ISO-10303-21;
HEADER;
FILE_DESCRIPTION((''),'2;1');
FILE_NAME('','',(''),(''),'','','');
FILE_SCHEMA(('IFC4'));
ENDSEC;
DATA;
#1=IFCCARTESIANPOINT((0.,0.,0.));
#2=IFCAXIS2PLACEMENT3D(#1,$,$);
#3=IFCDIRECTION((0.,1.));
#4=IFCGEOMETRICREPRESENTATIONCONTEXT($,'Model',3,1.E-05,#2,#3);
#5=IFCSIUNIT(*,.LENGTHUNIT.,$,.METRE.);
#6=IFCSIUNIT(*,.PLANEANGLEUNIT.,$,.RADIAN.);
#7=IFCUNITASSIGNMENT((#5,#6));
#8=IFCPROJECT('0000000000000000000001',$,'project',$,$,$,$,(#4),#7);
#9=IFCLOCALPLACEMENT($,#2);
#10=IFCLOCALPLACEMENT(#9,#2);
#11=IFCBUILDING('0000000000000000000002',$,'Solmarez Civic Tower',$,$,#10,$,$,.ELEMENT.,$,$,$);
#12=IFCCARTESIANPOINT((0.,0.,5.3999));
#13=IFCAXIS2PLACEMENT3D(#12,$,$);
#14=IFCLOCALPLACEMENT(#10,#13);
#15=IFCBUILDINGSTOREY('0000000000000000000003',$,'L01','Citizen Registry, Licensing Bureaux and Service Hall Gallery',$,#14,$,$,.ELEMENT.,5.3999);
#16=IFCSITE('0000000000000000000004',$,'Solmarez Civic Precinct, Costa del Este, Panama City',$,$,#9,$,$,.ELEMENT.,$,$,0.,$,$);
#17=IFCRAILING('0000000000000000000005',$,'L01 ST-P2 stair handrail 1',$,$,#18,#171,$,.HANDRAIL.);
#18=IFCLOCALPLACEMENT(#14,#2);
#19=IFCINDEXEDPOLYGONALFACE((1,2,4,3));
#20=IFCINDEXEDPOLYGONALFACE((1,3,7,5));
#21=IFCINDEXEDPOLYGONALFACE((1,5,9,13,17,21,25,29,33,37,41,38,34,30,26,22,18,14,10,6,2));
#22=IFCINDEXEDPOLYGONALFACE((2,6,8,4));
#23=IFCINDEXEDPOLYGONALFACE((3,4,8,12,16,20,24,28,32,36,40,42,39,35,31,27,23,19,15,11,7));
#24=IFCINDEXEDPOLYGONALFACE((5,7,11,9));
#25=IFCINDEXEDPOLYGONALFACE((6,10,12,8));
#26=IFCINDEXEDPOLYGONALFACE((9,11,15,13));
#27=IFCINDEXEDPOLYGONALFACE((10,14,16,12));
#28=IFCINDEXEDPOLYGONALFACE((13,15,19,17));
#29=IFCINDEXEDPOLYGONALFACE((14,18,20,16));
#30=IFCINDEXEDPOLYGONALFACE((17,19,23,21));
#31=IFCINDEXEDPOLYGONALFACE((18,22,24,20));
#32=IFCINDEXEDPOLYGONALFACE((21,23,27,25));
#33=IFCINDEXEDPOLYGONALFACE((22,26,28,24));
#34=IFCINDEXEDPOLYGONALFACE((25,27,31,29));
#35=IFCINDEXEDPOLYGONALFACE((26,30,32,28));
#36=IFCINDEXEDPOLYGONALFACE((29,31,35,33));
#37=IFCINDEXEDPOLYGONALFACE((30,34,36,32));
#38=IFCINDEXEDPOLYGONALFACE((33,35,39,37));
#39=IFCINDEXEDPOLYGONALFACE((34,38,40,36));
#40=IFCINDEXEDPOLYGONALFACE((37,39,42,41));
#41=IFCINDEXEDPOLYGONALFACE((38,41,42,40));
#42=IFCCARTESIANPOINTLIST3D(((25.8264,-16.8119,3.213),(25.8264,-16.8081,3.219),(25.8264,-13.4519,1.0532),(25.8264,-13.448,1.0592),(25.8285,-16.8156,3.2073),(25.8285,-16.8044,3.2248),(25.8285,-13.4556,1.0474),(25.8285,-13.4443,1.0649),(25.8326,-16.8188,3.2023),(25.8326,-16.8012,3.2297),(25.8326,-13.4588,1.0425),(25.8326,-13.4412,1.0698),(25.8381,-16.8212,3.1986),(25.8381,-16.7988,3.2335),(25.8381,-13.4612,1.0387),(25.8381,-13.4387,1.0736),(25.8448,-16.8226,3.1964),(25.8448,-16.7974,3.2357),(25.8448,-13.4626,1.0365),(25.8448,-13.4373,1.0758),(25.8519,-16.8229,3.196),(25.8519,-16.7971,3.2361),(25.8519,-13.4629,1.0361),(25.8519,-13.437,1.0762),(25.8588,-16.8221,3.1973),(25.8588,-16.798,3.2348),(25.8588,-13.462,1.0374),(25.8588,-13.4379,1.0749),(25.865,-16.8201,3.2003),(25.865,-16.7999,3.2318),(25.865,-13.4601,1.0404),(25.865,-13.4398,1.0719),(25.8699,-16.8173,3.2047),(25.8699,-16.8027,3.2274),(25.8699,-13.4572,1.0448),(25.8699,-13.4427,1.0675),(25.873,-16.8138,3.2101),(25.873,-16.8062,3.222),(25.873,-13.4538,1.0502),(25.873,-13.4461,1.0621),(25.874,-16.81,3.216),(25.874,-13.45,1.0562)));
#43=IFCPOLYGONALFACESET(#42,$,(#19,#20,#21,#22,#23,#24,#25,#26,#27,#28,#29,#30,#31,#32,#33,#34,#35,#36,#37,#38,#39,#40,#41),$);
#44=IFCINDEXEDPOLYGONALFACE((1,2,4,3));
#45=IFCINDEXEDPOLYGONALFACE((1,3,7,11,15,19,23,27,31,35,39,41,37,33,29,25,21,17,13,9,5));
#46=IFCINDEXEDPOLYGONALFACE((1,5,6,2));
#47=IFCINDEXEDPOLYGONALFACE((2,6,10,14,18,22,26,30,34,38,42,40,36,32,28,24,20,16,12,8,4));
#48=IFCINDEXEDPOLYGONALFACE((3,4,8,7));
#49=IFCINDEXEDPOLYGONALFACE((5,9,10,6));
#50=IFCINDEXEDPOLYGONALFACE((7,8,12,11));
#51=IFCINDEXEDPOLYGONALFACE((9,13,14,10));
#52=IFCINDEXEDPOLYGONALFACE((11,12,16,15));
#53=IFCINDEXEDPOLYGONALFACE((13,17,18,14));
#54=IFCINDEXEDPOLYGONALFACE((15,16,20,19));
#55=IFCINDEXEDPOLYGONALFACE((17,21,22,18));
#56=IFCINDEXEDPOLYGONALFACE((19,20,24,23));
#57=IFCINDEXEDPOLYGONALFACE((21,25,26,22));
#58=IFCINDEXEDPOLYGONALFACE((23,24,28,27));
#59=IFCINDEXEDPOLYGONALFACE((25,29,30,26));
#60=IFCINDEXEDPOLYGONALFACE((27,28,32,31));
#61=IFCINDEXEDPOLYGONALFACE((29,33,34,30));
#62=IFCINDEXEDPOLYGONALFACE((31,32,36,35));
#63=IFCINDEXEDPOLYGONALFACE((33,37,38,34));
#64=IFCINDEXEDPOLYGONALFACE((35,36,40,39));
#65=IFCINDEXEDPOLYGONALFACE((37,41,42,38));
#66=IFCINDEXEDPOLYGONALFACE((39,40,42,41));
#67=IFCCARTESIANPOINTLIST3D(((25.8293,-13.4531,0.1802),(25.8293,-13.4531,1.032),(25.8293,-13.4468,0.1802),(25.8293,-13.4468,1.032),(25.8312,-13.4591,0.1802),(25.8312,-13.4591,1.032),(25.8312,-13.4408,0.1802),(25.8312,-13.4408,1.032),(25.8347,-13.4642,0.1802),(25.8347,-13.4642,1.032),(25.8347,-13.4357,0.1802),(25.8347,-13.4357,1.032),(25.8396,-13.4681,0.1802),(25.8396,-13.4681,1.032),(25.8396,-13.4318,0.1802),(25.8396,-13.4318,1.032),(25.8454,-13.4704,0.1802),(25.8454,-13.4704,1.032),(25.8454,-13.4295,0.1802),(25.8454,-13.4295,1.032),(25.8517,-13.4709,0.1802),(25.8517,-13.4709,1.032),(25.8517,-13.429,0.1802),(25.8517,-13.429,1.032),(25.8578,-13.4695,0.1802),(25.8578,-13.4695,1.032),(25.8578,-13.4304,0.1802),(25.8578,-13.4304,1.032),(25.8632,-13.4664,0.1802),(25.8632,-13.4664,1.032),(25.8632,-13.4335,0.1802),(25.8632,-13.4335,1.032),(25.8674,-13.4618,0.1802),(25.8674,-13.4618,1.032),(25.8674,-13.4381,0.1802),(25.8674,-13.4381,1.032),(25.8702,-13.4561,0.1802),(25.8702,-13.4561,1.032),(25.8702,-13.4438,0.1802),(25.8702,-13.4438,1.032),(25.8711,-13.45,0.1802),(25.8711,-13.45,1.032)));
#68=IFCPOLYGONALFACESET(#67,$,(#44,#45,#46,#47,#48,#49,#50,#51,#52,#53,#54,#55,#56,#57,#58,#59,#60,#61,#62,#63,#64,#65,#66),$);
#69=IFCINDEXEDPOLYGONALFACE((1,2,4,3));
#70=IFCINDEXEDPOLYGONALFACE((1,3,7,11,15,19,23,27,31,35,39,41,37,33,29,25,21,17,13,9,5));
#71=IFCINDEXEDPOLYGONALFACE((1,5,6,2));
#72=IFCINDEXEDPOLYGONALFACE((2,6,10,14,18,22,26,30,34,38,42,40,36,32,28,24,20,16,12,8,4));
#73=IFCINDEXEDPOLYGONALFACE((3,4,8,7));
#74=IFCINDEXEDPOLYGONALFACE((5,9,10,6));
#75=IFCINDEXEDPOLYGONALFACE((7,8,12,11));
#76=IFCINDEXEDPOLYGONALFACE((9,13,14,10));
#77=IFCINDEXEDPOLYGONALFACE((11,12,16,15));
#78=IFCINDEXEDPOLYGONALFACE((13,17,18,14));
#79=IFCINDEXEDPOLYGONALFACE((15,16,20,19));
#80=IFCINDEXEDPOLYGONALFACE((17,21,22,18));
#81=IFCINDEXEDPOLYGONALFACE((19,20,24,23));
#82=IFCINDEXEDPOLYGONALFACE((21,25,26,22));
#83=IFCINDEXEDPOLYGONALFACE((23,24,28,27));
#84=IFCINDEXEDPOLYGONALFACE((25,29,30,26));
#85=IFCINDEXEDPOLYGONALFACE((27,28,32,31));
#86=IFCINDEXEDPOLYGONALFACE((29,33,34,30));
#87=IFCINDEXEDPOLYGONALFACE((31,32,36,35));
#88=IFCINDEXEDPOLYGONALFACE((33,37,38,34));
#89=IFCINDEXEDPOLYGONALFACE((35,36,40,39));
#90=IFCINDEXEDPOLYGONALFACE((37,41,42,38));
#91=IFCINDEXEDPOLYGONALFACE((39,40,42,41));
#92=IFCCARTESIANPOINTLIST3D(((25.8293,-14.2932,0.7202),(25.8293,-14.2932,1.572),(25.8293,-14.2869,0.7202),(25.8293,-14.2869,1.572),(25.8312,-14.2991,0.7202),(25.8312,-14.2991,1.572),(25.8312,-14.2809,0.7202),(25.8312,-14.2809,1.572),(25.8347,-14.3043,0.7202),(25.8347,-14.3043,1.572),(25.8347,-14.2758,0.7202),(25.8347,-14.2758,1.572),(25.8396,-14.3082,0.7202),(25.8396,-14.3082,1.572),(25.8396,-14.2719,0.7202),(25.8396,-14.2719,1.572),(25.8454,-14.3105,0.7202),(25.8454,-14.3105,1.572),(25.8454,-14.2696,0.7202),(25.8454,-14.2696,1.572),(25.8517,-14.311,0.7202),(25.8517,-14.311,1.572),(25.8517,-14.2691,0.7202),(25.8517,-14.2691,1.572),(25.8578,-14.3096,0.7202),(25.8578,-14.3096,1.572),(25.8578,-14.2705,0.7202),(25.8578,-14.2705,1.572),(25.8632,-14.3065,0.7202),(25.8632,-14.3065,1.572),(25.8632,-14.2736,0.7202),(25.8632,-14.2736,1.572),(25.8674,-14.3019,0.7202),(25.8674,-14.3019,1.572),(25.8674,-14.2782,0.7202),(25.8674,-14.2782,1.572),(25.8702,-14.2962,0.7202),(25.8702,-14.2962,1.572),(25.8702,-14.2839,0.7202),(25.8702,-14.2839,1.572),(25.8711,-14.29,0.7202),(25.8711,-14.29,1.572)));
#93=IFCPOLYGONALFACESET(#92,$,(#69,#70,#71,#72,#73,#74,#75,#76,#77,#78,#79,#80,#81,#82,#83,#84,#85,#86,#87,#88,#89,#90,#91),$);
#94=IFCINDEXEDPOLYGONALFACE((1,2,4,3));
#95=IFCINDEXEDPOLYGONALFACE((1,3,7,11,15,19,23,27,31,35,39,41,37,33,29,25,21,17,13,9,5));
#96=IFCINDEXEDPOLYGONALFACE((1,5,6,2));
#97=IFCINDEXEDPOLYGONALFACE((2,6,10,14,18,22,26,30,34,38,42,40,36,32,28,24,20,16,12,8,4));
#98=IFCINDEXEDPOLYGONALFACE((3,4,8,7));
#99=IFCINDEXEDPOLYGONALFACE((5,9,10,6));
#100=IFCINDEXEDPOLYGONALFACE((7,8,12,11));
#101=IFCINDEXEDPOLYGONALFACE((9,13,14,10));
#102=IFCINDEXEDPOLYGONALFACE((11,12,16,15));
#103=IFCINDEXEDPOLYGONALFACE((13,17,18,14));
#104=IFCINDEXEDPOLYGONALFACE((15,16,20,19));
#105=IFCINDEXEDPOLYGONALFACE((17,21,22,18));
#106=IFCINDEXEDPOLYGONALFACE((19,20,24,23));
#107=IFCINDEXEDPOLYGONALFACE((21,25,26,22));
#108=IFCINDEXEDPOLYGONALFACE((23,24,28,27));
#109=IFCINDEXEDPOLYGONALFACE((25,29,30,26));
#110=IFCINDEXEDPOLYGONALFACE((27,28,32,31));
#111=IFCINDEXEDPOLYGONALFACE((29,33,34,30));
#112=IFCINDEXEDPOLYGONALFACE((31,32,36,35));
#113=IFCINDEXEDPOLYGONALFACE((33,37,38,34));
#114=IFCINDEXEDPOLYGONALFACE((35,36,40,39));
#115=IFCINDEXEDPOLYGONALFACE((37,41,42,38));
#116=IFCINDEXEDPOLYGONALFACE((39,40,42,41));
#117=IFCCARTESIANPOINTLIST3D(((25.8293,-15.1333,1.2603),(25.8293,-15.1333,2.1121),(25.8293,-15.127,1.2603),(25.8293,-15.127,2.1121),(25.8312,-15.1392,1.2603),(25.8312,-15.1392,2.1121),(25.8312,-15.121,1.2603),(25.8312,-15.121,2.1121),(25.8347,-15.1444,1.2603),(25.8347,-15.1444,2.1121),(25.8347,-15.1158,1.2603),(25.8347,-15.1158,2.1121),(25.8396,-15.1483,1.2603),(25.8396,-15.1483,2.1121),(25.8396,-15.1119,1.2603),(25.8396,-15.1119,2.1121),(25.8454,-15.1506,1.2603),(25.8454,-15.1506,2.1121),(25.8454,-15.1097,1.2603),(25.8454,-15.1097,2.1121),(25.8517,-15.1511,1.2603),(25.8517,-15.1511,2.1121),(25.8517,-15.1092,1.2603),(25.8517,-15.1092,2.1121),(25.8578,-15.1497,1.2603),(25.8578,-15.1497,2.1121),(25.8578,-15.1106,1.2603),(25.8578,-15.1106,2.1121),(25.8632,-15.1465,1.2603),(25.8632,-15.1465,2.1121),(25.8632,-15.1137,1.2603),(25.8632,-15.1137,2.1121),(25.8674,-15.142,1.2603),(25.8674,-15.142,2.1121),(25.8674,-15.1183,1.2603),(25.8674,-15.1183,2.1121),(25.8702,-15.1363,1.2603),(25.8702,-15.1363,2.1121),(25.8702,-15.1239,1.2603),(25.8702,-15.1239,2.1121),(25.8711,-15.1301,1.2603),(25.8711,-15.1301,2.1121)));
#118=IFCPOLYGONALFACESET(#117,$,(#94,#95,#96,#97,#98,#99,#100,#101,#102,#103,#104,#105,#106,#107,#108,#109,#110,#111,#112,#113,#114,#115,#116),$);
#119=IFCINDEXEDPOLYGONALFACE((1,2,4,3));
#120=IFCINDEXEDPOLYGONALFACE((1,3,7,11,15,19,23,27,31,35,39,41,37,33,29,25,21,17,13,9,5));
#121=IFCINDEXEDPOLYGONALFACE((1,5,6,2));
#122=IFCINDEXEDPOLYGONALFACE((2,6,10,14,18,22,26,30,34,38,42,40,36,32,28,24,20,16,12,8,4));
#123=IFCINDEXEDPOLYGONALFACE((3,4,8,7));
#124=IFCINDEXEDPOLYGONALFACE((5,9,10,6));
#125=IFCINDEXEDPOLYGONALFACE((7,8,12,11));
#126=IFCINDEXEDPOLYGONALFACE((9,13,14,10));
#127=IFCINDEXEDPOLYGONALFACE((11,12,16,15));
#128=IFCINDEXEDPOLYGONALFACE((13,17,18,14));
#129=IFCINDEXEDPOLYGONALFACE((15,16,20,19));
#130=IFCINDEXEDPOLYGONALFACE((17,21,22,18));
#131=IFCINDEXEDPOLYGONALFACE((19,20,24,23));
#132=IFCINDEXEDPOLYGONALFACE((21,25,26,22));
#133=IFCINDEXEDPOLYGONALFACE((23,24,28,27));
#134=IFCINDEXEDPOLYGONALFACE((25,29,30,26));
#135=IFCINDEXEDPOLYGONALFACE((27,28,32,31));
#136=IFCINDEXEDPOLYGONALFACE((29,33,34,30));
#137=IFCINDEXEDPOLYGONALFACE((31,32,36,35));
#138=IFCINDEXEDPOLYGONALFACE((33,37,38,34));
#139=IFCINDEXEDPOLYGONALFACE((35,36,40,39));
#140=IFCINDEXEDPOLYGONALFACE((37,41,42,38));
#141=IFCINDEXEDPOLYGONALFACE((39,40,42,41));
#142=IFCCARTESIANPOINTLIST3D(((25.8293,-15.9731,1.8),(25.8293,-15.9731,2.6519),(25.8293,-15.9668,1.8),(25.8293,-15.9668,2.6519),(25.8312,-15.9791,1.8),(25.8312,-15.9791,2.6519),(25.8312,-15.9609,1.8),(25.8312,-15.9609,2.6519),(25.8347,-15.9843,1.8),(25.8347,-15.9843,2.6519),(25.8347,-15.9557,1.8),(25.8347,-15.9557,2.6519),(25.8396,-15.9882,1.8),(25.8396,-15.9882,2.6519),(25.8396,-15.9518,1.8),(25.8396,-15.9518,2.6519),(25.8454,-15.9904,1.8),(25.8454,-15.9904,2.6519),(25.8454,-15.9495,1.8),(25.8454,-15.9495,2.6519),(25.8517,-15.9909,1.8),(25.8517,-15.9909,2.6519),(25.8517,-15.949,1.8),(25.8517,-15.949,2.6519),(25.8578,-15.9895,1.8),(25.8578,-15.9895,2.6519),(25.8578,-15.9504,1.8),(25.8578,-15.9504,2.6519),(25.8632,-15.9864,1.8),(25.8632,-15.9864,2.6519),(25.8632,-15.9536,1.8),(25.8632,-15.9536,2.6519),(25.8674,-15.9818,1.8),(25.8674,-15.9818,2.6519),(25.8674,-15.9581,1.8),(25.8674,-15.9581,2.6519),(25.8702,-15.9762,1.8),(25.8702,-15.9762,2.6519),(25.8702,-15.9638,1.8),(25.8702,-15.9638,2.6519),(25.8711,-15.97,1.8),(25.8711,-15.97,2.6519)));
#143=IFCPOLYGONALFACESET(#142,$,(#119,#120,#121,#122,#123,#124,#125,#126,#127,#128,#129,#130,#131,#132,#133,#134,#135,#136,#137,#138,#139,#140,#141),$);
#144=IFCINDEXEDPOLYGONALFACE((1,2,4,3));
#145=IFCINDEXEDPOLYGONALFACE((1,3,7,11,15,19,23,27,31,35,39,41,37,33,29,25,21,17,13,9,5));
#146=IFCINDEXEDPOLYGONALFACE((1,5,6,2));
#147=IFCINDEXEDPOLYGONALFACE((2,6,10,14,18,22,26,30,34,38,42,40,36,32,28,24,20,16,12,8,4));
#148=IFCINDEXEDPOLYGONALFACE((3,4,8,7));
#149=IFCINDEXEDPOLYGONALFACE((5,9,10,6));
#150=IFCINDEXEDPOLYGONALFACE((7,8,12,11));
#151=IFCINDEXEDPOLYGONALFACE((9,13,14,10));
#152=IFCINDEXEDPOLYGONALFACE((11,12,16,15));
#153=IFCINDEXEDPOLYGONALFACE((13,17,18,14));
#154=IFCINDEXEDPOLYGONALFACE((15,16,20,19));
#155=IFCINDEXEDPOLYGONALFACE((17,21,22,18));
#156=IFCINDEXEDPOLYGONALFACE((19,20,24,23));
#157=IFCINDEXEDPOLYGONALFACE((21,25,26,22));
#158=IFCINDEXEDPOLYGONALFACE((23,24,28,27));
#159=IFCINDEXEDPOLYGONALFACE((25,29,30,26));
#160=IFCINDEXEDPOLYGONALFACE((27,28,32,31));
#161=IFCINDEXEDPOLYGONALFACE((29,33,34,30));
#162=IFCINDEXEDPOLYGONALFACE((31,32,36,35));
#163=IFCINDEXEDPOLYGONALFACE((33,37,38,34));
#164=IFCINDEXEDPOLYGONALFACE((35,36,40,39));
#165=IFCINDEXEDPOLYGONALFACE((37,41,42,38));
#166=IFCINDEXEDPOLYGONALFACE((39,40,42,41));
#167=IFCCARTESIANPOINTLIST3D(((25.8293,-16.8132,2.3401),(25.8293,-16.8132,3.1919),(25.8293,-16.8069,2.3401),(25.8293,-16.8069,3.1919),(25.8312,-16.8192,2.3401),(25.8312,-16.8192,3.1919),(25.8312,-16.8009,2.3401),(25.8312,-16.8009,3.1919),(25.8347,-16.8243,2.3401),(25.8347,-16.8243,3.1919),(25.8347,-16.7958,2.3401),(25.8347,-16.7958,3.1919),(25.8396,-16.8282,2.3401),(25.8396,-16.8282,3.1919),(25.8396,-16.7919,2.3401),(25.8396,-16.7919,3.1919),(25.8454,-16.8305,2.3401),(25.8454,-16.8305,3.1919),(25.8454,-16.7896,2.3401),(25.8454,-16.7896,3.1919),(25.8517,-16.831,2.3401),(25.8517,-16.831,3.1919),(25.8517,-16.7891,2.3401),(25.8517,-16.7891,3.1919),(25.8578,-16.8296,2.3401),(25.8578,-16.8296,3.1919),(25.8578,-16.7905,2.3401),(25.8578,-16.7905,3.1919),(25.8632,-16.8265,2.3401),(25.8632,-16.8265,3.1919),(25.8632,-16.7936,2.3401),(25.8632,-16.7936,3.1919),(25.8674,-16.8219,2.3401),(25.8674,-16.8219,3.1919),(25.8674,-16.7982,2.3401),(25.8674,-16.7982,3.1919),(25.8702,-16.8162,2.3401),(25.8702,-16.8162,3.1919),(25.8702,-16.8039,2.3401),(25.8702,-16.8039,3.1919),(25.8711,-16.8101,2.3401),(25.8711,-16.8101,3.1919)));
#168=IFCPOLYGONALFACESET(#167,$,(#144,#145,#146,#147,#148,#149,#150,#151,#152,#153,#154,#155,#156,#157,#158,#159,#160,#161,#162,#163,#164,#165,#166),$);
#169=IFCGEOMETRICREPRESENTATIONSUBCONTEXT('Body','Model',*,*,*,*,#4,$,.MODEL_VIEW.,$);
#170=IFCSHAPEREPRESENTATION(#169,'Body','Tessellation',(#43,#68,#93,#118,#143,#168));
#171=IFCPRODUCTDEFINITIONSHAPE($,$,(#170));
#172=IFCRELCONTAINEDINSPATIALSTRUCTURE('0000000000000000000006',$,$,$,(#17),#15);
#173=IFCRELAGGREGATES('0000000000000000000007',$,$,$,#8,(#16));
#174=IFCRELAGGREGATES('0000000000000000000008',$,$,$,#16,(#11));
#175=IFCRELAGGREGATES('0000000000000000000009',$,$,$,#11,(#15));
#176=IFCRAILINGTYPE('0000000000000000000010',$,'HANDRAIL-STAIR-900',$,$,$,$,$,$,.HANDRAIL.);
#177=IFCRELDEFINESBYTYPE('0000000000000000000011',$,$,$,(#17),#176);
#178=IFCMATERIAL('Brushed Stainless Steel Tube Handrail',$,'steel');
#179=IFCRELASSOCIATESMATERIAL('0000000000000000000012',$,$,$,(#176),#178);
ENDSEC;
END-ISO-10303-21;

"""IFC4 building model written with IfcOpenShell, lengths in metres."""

from ifc_helpers import new_model, si_unit, direction, frame, origin, origin_2d, place, context, subcontext, project, spatial, circle, extrude, material, type_object, element, save


model = new_model("IFC4")

# Units and contexts
model_context = context("Model", 3, precision=1e-05, world=origin(), true_north=direction((0.0, 1.0)))
body_context = subcontext(model_context, "Body", "Model", "MODEL_VIEW")
ifc_project = project(units=[si_unit("LENGTHUNIT", "METRE"), si_unit("PLANEANGLEUNIT", "RADIAN")], contexts=[model_context])

# Site, building, storey
site_placement = place(None, origin())
site = spatial("IfcSite", under=ifc_project, at=site_placement, Name="Solmarez Civic Precinct, Costa del Este, Panama City", CompositionType="ELEMENT", RefElevation=0.0)
building_placement = place(site_placement, origin())
building = spatial("IfcBuilding", under=site, at=building_placement, Name="Solmarez Civic Tower", CompositionType="ELEMENT")
storey_placement = place(building_placement, frame((0.0, 0.0, 5.3999)))
storey = spatial("IfcBuildingStorey", under=building, at=storey_placement, Name="L01", Description="Citizen Registry, Licensing Bureaux and Service Hall Gallery", CompositionType="ELEMENT", Elevation=5.3999)

# Railing
ifc_material_1 = material(Name="Brushed Stainless Steel Tube Handrail", Category="steel")
railing_type_1 = type_object("IfcRailingType", Name="HANDRAIL-STAIR-900", PredefinedType="HANDRAIL", material=ifc_material_1)
railing_1_placement = place(storey_placement, frame((25.8501, -13.45, 0.1802)))
element("IfcRailing", 1, at=railing_1_placement, inside=storey, type_object=railing_type_1, Name="L01 ST-P2 stair handrail 1", PredefinedType="HANDRAIL", context=body_context, shape_type="SweptSolid", body=[
    extrude(circle(Radius=0.0239, at=origin_2d()), frame((0.0, 0.0, 0.876), z_axis=(0.0, -0.841196, 0.54073), x_axis=(1.0, 0.0, 0.0)), (0.0, 0.0, 1.0), 3.9944),
    extrude(circle(Radius=0.021, at=origin_2d()), origin(), (0.0, 0.0, 1.0), 0.8518),
    extrude(circle(Radius=0.021, at=origin_2d()), frame((0.0, -0.8401, 0.54)), (0.0, 0.0, 1.0), 0.8518),
    extrude(circle(Radius=0.021, at=origin_2d()), frame((0.0, -1.6802, 1.0801)), (0.0, 0.0, 1.0), 0.8518),
    extrude(circle(Radius=0.021, at=origin_2d()), frame((0.0, -2.52, 1.6199)), (0.0, 0.0, 1.0), 0.8518),
    extrude(circle(Radius=0.021, at=origin_2d()), frame((0.0, -3.3601, 2.1599)), (0.0, 0.0, 1.0), 0.8518),
])

save(model, "model.ifc")
